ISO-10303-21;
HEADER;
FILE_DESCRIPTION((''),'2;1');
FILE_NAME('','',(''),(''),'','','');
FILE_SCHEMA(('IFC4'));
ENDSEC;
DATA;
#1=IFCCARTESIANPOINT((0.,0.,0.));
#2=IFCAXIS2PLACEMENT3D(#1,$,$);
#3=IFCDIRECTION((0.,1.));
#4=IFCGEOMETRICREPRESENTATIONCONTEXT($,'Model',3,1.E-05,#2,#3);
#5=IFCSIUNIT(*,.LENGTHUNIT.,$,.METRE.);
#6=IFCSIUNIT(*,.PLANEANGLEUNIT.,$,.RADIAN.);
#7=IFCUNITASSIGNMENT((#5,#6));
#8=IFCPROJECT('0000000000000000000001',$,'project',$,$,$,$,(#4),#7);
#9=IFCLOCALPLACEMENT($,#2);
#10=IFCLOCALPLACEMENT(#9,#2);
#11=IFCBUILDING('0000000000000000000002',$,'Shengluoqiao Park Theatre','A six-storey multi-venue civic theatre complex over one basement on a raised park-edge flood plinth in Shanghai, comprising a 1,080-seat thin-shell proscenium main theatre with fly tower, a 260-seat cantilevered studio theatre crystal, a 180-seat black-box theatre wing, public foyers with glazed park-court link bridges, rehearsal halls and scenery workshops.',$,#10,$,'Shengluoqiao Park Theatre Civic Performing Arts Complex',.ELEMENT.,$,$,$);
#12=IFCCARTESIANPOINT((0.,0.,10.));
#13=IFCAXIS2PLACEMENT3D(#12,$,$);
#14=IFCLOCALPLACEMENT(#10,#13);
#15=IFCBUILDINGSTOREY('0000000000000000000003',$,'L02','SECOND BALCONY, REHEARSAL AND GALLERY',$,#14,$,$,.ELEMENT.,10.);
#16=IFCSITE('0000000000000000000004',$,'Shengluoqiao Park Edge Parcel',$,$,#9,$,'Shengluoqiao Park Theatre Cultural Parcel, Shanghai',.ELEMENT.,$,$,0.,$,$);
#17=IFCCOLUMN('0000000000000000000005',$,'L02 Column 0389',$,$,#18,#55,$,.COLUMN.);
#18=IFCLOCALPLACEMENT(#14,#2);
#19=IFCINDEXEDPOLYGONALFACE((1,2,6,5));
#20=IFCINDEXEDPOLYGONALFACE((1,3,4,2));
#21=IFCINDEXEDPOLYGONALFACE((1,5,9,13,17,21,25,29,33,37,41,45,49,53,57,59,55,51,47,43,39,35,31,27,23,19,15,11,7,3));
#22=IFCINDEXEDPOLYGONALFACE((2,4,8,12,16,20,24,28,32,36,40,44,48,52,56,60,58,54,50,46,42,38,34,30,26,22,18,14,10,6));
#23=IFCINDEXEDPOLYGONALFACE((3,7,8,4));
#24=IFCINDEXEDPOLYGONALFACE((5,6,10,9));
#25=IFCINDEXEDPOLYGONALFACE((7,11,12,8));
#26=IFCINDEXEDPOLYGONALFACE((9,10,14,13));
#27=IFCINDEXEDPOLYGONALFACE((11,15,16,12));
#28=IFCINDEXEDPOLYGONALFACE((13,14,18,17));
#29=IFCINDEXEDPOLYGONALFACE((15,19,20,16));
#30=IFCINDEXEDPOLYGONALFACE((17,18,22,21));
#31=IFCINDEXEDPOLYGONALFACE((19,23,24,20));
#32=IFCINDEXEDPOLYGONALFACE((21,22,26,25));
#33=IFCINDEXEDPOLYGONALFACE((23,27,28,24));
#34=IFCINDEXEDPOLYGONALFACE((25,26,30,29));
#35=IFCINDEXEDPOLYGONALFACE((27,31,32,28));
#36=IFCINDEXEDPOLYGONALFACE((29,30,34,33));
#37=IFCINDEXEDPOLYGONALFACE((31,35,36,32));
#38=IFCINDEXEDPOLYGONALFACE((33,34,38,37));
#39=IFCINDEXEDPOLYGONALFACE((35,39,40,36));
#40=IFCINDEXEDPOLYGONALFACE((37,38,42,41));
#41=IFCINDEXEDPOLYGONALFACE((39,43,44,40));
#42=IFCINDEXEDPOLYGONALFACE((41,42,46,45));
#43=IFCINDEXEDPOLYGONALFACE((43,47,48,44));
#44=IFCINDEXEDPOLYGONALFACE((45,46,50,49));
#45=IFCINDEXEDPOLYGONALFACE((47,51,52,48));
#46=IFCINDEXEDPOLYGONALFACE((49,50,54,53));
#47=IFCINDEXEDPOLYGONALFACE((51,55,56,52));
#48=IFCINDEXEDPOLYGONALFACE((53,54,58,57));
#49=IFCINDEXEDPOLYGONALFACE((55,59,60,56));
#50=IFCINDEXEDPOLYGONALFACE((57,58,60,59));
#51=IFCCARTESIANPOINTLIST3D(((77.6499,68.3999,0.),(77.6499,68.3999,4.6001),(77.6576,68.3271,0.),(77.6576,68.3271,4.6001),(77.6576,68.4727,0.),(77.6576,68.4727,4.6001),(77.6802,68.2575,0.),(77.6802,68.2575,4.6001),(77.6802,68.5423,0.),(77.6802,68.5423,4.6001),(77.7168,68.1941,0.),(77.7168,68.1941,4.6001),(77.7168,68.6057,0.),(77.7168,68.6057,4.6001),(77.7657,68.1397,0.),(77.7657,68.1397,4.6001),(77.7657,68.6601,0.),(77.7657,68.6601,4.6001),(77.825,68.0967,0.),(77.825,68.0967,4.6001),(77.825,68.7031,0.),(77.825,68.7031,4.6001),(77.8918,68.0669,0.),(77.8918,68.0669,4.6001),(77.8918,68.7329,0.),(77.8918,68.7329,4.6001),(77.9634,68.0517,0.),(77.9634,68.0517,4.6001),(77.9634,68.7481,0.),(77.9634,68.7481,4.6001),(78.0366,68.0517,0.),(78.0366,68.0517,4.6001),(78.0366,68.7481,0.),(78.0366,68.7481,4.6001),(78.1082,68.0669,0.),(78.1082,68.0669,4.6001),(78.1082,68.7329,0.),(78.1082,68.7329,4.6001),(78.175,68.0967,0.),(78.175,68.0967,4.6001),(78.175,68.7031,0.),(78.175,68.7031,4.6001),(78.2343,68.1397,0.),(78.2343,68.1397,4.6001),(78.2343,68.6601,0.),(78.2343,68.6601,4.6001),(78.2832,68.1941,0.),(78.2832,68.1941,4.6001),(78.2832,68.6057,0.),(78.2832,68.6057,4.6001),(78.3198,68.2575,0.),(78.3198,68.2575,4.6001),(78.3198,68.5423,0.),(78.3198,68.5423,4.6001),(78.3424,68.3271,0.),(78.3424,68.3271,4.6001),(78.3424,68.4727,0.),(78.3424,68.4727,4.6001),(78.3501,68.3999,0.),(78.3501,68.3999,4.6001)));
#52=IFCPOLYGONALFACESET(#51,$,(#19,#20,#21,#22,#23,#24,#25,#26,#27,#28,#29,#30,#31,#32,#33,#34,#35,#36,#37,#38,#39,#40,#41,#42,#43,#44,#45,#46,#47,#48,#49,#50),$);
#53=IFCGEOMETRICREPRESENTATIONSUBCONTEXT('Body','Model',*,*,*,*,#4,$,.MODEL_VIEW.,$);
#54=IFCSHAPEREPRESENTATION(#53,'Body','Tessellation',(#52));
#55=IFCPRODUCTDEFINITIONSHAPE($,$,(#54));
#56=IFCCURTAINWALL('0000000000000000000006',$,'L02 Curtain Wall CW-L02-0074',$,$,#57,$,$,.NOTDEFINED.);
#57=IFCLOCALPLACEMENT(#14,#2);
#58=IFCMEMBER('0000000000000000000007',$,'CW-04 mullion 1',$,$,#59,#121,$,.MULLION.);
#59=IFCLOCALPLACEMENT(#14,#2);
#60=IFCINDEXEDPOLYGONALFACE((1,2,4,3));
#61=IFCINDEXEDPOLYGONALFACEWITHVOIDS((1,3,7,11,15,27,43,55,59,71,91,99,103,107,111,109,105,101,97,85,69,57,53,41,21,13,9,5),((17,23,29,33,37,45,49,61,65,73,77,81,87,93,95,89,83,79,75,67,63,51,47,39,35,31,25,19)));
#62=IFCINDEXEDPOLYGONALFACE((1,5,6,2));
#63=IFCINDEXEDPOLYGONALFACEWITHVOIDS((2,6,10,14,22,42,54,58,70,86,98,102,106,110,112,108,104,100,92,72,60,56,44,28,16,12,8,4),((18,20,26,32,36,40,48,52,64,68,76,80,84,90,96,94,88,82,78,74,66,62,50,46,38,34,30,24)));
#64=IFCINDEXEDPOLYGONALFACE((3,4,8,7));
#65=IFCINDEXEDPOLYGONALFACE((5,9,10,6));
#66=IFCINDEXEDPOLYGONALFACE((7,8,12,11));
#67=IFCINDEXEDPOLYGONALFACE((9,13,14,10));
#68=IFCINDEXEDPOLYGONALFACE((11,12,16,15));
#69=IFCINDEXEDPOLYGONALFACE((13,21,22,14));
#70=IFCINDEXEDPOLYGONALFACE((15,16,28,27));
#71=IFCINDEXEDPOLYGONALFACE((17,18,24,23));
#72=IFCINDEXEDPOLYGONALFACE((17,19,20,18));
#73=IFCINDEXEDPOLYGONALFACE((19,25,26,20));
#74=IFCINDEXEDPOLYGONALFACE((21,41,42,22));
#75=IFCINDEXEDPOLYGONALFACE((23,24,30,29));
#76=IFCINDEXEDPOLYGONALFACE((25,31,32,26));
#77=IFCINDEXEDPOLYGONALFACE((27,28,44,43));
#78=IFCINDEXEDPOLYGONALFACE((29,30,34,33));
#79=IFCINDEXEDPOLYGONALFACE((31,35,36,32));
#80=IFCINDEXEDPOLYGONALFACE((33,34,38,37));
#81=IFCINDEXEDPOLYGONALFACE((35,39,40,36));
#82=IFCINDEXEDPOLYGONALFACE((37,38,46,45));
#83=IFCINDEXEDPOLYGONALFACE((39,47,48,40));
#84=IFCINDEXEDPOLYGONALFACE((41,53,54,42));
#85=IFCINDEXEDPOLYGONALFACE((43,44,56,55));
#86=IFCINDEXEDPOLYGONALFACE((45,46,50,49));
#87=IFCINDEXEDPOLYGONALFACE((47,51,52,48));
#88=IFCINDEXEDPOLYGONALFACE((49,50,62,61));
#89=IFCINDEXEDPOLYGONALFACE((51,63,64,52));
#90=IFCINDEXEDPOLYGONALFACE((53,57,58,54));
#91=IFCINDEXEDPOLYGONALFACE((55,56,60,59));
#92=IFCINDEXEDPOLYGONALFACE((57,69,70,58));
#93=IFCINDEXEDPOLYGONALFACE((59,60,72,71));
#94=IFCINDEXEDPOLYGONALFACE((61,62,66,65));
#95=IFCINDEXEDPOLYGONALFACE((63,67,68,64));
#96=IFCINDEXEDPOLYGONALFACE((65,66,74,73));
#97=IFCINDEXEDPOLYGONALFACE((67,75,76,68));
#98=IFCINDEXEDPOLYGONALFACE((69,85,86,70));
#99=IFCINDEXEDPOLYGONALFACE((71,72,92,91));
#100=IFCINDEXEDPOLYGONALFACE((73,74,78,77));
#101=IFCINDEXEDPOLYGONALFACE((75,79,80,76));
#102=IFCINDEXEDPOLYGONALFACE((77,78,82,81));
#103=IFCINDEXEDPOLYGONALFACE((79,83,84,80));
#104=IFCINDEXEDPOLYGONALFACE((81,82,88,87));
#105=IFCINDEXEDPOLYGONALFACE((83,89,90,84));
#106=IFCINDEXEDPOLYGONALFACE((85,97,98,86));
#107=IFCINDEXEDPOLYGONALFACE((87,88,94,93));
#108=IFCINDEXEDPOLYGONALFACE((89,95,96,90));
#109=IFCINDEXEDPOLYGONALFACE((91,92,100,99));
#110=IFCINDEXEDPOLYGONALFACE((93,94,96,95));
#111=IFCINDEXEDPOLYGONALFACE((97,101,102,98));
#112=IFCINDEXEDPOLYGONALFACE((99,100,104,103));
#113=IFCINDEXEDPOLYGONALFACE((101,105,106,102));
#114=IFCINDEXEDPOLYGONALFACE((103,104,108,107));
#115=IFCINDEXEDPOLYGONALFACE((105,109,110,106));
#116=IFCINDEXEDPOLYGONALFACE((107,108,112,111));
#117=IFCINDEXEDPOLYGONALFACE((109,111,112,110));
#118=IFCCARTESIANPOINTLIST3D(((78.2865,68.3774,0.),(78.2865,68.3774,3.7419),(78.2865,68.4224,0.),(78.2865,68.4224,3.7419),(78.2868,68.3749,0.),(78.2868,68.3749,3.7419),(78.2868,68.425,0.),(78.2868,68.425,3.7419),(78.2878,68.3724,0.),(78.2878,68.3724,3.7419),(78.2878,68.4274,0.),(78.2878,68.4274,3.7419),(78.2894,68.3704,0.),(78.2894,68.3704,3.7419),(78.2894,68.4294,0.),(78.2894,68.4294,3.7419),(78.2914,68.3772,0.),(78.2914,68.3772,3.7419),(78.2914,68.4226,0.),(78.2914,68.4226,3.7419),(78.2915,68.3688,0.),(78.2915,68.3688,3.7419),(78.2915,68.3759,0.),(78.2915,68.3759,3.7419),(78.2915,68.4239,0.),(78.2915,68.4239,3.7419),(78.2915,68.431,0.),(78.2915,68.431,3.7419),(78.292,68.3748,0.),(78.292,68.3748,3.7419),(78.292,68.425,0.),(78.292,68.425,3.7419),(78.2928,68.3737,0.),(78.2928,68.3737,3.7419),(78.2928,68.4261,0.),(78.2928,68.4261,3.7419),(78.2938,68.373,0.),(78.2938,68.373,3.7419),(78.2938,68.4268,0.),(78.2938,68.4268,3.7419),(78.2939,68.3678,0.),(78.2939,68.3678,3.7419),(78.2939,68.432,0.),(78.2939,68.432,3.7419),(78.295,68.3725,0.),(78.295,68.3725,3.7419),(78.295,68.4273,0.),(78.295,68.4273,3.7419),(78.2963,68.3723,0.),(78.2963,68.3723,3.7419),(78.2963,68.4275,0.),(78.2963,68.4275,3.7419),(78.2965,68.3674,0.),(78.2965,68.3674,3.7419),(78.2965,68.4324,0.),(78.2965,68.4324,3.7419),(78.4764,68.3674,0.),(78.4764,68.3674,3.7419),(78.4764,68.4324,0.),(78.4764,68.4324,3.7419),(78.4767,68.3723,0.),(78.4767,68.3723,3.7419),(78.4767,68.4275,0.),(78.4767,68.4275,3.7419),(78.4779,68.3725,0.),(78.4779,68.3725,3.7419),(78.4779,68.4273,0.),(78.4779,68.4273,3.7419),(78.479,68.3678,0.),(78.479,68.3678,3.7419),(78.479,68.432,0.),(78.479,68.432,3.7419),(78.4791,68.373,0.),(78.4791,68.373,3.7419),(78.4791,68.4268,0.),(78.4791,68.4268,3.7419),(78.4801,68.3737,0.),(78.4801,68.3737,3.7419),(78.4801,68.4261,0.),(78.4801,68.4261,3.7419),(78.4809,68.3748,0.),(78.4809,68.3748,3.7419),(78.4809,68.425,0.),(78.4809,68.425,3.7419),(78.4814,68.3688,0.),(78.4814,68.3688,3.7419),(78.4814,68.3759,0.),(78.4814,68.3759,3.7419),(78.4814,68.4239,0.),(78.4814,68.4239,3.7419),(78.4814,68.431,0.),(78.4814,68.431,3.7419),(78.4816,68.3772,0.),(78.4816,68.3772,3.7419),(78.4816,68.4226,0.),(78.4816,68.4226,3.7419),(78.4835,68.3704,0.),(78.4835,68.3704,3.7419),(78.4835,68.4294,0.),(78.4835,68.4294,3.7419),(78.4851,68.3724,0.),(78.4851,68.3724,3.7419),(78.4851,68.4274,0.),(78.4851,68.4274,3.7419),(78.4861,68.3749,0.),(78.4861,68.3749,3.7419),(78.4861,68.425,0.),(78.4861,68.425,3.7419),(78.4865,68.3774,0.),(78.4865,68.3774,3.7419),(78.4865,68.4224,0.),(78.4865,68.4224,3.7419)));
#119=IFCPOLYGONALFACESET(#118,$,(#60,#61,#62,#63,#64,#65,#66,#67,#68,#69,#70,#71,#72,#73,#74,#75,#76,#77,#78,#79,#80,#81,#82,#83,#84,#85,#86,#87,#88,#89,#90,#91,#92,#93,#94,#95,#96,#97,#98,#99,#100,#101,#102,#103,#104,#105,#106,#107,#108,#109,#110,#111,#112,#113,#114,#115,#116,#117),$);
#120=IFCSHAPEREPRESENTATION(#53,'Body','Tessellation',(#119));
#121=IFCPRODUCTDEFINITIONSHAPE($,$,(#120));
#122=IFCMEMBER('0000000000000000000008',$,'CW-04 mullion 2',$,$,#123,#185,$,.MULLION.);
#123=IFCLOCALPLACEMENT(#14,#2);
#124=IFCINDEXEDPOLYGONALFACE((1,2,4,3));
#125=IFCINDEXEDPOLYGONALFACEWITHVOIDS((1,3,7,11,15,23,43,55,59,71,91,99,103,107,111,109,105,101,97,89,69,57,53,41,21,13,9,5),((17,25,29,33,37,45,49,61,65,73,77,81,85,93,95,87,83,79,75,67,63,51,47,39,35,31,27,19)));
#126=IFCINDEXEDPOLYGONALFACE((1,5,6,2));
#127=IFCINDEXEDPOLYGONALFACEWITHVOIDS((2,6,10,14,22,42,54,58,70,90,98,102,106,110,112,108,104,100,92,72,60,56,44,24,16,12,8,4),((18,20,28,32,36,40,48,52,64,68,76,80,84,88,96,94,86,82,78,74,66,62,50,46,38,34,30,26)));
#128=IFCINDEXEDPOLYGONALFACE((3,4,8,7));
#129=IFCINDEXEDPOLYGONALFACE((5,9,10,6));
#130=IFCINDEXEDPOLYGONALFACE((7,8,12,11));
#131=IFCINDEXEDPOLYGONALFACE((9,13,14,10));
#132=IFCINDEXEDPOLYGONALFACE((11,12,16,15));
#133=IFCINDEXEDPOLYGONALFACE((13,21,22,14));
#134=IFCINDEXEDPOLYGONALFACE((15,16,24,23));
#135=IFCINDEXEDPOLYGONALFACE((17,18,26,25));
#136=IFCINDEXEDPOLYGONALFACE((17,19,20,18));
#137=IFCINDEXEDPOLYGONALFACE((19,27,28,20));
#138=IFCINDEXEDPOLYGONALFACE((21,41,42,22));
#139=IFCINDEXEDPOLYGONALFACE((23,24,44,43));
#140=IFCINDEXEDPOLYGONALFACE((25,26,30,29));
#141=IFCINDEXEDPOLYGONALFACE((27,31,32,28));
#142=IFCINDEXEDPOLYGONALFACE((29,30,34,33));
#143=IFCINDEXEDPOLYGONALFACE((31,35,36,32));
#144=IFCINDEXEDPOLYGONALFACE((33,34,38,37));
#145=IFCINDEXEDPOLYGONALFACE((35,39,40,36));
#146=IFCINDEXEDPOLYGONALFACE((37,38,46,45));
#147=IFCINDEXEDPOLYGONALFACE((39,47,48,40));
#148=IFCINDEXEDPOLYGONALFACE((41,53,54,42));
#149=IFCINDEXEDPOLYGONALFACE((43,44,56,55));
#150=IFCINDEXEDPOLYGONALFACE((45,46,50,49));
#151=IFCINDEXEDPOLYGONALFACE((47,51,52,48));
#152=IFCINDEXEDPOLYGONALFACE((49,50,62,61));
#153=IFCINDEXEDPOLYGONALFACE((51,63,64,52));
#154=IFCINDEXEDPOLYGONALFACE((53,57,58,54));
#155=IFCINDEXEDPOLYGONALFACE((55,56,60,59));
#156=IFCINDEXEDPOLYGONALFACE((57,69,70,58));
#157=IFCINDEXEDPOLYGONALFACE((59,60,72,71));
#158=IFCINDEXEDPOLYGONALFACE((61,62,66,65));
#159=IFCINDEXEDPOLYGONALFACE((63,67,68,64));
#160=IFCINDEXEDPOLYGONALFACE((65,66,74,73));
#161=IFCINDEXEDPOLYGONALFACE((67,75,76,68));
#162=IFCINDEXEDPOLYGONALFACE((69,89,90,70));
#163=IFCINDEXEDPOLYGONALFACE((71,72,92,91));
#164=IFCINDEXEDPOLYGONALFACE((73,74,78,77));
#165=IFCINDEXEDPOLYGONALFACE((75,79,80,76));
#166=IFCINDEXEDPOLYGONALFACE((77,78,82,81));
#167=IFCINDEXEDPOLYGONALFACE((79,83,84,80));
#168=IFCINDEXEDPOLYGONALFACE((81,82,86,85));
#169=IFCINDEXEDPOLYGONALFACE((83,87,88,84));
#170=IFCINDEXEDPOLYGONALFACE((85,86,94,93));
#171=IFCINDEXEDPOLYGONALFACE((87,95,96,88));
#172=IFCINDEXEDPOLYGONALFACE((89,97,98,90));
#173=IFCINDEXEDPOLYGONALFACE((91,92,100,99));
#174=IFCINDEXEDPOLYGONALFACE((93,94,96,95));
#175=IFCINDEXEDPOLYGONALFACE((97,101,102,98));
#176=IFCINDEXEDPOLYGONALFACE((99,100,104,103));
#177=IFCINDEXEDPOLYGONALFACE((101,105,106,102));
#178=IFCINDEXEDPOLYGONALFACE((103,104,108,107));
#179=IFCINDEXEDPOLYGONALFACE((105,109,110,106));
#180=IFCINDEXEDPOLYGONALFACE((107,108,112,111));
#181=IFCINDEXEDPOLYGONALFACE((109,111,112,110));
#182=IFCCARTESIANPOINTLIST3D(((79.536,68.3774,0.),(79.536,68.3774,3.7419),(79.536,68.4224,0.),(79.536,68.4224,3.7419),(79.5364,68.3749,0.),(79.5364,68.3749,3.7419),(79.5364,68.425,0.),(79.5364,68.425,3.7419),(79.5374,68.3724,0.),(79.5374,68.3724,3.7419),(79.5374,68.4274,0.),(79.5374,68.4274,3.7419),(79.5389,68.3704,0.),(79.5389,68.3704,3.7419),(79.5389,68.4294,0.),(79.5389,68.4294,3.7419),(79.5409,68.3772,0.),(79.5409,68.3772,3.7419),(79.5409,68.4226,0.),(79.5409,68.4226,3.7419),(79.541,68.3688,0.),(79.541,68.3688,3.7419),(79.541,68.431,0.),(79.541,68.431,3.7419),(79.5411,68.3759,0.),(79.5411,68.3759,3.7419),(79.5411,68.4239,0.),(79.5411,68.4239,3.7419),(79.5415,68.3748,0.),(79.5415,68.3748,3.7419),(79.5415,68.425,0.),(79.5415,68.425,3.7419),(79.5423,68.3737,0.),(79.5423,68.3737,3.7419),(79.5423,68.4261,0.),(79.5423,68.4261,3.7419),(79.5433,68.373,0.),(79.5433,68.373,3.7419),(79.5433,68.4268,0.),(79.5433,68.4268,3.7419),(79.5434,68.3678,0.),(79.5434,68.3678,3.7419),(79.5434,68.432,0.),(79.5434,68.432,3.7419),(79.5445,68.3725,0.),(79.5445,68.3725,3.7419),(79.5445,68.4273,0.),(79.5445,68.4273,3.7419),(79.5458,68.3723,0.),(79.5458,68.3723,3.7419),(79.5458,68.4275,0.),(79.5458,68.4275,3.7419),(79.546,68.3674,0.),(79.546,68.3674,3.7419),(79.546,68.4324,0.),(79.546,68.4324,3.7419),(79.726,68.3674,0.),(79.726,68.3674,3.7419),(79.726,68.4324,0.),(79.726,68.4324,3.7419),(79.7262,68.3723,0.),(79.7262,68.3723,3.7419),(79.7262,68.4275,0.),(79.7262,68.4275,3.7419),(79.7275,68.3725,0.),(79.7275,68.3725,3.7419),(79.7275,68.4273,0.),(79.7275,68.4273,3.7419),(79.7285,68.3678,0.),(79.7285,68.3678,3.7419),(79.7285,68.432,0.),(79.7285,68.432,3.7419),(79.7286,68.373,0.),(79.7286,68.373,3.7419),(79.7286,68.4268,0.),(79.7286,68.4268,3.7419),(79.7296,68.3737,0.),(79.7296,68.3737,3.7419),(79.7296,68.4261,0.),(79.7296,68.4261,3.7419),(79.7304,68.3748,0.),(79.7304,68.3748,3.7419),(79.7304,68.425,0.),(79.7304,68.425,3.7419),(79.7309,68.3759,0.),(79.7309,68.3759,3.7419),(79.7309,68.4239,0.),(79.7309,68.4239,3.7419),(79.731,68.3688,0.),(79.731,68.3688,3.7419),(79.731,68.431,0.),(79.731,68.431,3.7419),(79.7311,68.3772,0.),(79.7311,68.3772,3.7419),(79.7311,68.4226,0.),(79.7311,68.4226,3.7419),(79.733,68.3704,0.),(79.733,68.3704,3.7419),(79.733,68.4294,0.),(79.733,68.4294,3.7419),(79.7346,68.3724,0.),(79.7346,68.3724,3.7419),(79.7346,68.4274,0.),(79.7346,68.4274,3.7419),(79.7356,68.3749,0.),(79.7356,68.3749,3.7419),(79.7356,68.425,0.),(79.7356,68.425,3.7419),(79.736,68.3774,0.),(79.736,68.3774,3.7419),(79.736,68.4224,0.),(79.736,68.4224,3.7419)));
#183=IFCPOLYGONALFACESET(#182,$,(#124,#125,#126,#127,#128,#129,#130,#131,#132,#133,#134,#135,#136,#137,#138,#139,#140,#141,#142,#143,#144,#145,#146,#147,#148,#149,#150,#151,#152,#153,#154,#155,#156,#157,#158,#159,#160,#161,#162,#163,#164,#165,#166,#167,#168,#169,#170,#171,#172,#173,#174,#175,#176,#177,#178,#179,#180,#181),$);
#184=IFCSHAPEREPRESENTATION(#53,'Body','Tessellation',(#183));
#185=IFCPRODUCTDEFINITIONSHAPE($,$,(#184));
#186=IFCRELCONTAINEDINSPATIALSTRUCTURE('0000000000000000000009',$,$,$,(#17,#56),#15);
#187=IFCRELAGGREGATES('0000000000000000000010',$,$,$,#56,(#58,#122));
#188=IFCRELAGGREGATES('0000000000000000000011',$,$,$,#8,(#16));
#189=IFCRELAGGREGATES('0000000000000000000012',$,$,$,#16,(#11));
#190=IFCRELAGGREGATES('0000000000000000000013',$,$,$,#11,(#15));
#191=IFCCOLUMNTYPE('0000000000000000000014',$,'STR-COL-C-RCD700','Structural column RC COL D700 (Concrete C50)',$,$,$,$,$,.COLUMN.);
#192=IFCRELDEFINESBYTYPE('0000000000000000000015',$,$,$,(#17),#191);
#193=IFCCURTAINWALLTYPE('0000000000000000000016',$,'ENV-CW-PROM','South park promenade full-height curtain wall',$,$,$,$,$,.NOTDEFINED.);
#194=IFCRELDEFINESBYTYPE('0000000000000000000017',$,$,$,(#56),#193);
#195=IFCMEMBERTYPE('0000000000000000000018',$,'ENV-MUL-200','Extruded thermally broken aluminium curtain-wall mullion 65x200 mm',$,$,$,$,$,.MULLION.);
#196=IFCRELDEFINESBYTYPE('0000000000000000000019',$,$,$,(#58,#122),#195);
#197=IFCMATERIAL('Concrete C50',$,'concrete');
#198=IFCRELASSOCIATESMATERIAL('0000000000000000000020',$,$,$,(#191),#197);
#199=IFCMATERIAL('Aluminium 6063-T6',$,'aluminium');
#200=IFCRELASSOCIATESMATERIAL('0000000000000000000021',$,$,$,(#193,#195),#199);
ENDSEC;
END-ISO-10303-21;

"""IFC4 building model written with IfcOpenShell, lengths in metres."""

from ifc_helpers import new_model, si_unit, direction, frame, origin, origin_2d, place, context, subcontext, project, spatial, hollow_rectangle, circle, extrude, material, material_profile, profile_set, type_object, element, aggregate, save


model = new_model("IFC4")

# Units and contexts
model_context = context("Model", 3, precision=1e-05, world=origin(), true_north=direction((0.0, 1.0)))
body_context = subcontext(model_context, "Body", "Model", "MODEL_VIEW")
ifc_project = project(units=[si_unit("LENGTHUNIT", "METRE"), si_unit("PLANEANGLEUNIT", "RADIAN")], contexts=[model_context])

# Site, building, storey
site_placement = place(None, origin())
site = spatial("IfcSite", under=ifc_project, at=site_placement, Name="Shengluoqiao Park Edge Parcel", LongName="Shengluoqiao Park Theatre Cultural Parcel, Shanghai", CompositionType="ELEMENT", RefElevation=0.0)
building_placement = place(site_placement, origin())
building = spatial("IfcBuilding", under=site, at=building_placement, Name="Shengluoqiao Park Theatre", Description="A six-storey multi-venue civic theatre complex over one basement on a raised park-edge flood plinth in Shanghai, comprising a 1,080-seat thin-shell proscenium main theatre with fly tower, a 260-seat cantilevered studio theatre crystal, a 180-seat black-box theatre wing, public foyers with glazed park-court link bridges, rehearsal halls and scenery workshops.", LongName="Shengluoqiao Park Theatre Civic Performing Arts Complex", CompositionType="ELEMENT")
storey_placement = place(building_placement, frame((0.0, 0.0, 10.0)))
storey = spatial("IfcBuildingStorey", under=building, at=storey_placement, Name="L02", Description="SECOND BALCONY, REHEARSAL AND GALLERY", CompositionType="ELEMENT", Elevation=10.0)

# Column
ifc_material_1 = material(Name="Concrete C50", Category="concrete")
ifc_material_profile_1 = material_profile(ifc_material_1, circle(Radius=0.3501, at=origin_2d()), Name="RC COL D700")
ifc_profile_set_1 = profile_set([ifc_material_profile_1], Name="Concrete C50")
column_type = type_object("IfcColumnType", Name="STR-COL-C-RCD700", Description="Structural column RC COL D700 (Concrete C50)", PredefinedType="COLUMN", material=ifc_profile_set_1)
column_placement = place(storey_placement, frame((78.0, 68.3999, 0.0), z_axis=(0.0, 0.0, 1.0), x_axis=(1.0, 0.0, 0.0)))
element("IfcColumn", 1, at=column_placement, inside=storey, type_object=column_type, Name="L02 Column 0389", PredefinedType="COLUMN", context=body_context, shape_type="SweptSolid", body=[
    extrude(circle(Radius=0.3501, at=origin_2d()), origin(), (0.0, 0.0, 1.0), 4.6001),
])

# Curtain wall, members
ifc_material_2 = material(Name="Aluminium 6063-T6", Category="aluminium")
curtain_wall_type = type_object("IfcCurtainWallType", Name="ENV-CW-PROM", Description="South park promenade full-height curtain wall", PredefinedType="NOTDEFINED", material=ifc_material_2)
curtain_wall_1_placement = place(storey_placement, origin())
curtain_wall_1 = element("IfcCurtainWall", 2, at=curtain_wall_1_placement, inside=storey, type_object=curtain_wall_type, Name="L02 Curtain Wall CW-L02-0074", PredefinedType="NOTDEFINED")
ifc_material_profile_2 = material_profile(ifc_material_2, hollow_rectangle(XDim=0.0649, YDim=0.2, WallThickness=0.0049, InnerFilletRadius=0.0049, OuterFilletRadius=0.01, at=origin_2d()), Name="ALU MULLION 200x65x5")
ifc_profile_set_2 = profile_set([ifc_material_profile_2], Name="Aluminium 6063-T6")
member_type_1 = type_object("IfcMemberType", Name="ENV-MUL-200", Description="Extruded thermally broken aluminium curtain-wall mullion 65x200 mm", PredefinedType="MULLION", material=ifc_profile_set_2)
member_1_placement = place(storey_placement, frame((78.3865, 68.3999, 0.0), z_axis=(0.0, 0.0, 1.0), x_axis=(0.0, 1.0, 0.0)))
member_1 = element("IfcMember", 3, at=member_1_placement, type_object=member_type_1, Name="CW-04 mullion 1", PredefinedType="MULLION", context=body_context, shape_type="SweptSolid", body=[
    extrude(hollow_rectangle(XDim=0.0649, YDim=0.2, WallThickness=0.0049, InnerFilletRadius=0.0049, OuterFilletRadius=0.01, at=origin_2d()), origin(), (0.0, 0.0, 1.0), 3.7419),
])
member_2_placement = place(storey_placement, frame((79.636, 68.3999, 0.0), z_axis=(0.0, 0.0, 1.0), x_axis=(0.0, 1.0, 0.0)))
member_2 = element("IfcMember", 4, at=member_2_placement, type_object=member_type_1, Name="CW-04 mullion 2", PredefinedType="MULLION", context=body_context, shape_type="SweptSolid", body=[
    extrude(hollow_rectangle(XDim=0.0649, YDim=0.2, WallThickness=0.0049, InnerFilletRadius=0.0049, OuterFilletRadius=0.01, at=origin_2d()), origin(), (0.0, 0.0, 1.0), 3.7419),
])

aggregate(curtain_wall_1, [member_1, member_2])

save(model, "model.ifc")
